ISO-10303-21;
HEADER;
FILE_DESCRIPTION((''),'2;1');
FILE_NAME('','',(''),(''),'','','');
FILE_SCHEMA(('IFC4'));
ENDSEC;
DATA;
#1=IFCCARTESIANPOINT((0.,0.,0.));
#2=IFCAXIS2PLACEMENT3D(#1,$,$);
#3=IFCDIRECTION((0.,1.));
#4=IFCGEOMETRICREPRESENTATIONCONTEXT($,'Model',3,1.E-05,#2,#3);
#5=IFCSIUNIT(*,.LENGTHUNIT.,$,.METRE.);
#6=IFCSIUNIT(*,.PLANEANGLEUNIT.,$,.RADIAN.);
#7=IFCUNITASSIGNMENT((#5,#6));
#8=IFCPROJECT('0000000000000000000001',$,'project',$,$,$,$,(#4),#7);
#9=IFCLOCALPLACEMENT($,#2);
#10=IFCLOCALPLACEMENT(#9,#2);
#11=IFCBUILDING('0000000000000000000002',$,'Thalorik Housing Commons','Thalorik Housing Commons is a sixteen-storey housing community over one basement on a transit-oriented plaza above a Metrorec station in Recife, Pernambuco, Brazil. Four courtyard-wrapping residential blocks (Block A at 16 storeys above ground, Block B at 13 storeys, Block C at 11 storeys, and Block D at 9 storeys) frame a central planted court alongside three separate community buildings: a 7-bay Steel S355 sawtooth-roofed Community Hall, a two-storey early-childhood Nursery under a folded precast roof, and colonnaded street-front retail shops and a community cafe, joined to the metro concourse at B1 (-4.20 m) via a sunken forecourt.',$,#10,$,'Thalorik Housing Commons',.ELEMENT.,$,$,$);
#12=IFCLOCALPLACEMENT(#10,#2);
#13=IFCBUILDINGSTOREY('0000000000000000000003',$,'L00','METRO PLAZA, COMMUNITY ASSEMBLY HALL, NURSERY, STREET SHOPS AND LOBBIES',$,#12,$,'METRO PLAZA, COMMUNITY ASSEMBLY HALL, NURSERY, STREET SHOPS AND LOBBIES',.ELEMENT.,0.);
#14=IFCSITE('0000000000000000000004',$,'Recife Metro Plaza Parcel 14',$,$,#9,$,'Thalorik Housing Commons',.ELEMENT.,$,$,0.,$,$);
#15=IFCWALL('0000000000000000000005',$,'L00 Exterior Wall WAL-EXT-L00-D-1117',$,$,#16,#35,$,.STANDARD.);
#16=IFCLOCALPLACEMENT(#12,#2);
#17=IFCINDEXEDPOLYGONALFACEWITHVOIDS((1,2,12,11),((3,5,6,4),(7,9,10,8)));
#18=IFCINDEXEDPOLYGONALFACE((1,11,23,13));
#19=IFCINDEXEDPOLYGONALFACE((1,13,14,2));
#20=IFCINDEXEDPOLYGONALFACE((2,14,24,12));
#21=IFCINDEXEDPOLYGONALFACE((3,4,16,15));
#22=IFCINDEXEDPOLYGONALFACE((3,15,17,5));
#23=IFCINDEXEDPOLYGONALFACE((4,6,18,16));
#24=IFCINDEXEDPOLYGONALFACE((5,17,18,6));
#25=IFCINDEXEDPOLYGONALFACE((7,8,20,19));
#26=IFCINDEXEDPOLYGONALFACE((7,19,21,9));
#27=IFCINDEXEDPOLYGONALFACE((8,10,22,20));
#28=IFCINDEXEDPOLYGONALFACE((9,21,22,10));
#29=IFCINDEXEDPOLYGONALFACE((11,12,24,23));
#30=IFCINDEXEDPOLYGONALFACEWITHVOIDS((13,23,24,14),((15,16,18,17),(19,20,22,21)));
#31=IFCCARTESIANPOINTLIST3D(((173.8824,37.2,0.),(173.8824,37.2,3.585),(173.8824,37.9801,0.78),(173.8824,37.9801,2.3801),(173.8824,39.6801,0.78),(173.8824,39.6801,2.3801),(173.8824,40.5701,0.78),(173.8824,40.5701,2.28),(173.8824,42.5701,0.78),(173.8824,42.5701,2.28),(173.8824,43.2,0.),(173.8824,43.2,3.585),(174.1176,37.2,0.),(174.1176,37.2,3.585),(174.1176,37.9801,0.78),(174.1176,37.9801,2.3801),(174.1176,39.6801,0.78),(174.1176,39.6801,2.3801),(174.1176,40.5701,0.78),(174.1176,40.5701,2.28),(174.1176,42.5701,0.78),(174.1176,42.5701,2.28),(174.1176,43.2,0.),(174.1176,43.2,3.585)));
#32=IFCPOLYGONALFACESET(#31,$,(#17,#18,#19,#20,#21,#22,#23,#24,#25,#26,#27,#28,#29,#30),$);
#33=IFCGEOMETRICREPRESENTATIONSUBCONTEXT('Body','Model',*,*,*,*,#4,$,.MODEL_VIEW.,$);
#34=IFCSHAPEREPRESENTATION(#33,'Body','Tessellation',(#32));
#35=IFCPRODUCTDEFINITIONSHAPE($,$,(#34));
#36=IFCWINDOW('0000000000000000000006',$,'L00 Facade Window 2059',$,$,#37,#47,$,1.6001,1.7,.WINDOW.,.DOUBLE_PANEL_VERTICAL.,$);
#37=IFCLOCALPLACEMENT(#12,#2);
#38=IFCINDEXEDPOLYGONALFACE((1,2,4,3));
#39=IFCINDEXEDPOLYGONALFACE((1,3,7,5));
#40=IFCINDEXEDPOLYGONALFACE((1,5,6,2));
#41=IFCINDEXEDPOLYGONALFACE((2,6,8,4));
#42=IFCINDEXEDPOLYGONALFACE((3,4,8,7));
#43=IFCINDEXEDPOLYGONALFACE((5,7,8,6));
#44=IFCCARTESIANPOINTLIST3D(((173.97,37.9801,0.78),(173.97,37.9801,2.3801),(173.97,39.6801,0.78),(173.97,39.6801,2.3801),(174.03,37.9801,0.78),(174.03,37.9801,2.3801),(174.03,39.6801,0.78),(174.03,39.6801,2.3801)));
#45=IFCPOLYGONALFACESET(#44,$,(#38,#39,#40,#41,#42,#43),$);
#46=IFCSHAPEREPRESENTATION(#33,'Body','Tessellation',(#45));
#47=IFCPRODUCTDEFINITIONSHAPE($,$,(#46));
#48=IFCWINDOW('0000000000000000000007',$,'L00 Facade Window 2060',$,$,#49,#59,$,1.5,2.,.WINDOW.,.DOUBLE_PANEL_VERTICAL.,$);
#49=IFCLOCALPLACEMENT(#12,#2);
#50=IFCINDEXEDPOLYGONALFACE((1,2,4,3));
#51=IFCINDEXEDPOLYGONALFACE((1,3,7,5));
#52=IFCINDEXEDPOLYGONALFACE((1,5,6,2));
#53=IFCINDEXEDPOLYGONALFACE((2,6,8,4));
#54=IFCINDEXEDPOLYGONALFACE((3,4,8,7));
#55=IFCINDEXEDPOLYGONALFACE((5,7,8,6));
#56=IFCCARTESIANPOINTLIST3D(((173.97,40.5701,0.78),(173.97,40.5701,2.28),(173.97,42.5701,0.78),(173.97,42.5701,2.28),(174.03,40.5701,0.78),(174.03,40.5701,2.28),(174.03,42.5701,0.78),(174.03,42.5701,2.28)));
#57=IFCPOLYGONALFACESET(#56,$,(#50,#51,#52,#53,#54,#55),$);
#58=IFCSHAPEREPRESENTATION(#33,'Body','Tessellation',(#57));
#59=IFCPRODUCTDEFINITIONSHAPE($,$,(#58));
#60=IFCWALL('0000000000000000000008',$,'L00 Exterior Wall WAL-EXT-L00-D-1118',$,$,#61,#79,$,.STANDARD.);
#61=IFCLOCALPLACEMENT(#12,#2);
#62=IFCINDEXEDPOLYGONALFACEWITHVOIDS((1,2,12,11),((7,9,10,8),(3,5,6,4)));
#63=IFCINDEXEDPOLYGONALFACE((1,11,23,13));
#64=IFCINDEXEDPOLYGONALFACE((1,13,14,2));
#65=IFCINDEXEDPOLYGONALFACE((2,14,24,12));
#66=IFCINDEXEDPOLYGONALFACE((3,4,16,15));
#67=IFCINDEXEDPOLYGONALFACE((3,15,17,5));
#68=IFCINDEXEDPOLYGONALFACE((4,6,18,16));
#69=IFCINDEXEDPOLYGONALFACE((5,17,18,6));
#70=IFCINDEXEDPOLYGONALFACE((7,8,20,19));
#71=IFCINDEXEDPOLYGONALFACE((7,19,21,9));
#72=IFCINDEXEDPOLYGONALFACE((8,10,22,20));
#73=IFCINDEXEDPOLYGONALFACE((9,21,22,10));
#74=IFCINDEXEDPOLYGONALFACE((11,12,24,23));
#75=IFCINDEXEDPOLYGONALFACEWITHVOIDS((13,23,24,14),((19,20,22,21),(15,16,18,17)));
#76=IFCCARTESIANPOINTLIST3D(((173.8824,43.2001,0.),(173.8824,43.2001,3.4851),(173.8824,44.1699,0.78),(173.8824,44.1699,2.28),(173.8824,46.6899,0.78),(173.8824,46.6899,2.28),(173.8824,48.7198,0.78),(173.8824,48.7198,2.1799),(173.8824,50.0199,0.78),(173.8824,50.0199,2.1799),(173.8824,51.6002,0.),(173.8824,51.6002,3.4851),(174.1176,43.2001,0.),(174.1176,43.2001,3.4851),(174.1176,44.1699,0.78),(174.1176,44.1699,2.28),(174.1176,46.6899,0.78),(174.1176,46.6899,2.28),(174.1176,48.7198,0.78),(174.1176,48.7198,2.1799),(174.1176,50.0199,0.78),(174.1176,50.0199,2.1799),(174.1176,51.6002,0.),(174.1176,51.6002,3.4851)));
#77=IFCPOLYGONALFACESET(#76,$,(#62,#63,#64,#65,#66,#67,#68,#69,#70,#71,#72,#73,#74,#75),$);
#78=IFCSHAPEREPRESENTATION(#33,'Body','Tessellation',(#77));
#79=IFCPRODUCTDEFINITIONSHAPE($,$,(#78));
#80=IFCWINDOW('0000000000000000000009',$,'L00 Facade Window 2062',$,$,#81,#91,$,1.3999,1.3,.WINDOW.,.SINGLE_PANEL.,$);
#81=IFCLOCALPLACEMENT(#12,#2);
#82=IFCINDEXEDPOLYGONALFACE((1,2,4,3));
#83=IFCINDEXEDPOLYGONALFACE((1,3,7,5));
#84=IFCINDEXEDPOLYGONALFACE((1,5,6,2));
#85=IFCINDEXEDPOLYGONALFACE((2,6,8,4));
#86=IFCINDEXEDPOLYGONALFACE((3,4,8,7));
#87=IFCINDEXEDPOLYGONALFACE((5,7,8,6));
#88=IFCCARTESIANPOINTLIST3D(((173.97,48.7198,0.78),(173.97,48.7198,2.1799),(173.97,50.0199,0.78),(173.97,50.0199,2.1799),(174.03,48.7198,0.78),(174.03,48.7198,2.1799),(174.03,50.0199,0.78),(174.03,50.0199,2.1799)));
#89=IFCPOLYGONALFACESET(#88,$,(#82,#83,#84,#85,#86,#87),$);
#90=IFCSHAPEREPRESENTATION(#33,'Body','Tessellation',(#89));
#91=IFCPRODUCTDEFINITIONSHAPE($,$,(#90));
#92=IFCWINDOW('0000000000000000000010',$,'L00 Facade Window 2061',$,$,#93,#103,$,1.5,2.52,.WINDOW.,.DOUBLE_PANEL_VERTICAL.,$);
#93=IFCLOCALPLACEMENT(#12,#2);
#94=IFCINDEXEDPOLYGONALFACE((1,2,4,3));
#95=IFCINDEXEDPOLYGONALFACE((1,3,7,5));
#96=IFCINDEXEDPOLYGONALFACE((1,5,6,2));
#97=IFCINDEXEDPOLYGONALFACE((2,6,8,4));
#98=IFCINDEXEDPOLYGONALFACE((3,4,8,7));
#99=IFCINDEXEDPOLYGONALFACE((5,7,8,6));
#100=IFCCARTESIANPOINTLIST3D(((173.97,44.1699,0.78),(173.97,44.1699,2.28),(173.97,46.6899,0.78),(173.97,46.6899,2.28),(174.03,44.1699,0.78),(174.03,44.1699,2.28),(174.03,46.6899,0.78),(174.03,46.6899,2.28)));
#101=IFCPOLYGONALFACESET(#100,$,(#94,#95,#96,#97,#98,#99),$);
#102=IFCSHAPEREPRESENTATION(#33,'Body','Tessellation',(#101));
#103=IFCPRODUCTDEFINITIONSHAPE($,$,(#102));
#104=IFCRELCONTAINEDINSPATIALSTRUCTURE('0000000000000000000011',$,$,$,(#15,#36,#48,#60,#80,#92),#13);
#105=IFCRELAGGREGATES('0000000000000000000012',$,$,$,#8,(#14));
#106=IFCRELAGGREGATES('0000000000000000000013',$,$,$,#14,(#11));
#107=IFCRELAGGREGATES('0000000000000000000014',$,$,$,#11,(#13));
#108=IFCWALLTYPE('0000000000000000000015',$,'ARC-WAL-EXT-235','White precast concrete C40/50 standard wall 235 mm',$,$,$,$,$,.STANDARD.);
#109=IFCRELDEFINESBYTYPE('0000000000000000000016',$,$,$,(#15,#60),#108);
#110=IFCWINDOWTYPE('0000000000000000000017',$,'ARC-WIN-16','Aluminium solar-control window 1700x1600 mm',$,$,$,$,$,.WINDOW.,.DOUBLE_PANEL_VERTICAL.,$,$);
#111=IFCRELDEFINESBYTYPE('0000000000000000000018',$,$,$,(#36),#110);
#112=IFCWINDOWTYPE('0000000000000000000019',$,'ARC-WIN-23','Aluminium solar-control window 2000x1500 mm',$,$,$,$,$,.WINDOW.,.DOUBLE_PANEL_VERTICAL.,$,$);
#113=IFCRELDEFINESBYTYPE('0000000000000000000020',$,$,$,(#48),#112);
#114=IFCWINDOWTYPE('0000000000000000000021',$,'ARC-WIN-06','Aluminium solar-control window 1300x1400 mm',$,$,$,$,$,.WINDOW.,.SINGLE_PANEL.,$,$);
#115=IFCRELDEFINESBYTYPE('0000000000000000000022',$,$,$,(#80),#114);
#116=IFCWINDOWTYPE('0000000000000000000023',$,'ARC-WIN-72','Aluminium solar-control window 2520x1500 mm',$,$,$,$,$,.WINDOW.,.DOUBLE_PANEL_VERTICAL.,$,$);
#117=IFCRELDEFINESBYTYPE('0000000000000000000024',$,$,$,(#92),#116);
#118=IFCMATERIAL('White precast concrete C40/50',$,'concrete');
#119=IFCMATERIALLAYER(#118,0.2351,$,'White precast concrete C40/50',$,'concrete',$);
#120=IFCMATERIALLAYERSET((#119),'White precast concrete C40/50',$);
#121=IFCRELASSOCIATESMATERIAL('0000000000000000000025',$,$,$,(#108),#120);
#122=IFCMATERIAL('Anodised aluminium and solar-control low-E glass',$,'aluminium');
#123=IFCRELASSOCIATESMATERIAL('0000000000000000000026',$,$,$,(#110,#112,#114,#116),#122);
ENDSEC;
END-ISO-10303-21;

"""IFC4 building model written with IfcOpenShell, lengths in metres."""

from ifc_helpers import new_model, si_unit, direction, frame, frame_2d, origin, place, context, subcontext, project, spatial, rectangle, extrude, material, layer, layer_set, type_object, element, fill, save


model = new_model("IFC4")

# Units and contexts
model_context = context("Model", 3, precision=1e-05, world=origin(), true_north=direction((0.0, 1.0)))
body_context = subcontext(model_context, "Body", "Model", "MODEL_VIEW")
ifc_project = project(units=[si_unit("LENGTHUNIT", "METRE"), si_unit("PLANEANGLEUNIT", "RADIAN")], contexts=[model_context])

# Site, building, storey
site_placement = place(None, origin())
site = spatial("IfcSite", under=ifc_project, at=site_placement, Name="Recife Metro Plaza Parcel 14", LongName="Thalorik Housing Commons", CompositionType="ELEMENT", RefElevation=0.0)
building_placement = place(site_placement, origin())
building = spatial("IfcBuilding", under=site, at=building_placement, Name="Thalorik Housing Commons", Description="Thalorik Housing Commons is a sixteen-storey housing community over one basement on a transit-oriented plaza above a Metrorec station in Recife, Pernambuco, Brazil. Four courtyard-wrapping residential blocks (Block A at 16 storeys above ground, Block B at 13 storeys, Block C at 11 storeys, and Block D at 9 storeys) frame a central planted court alongside three separate community buildings: a 7-bay Steel S355 sawtooth-roofed Community Hall, a two-storey early-childhood Nursery under a folded precast roof, and colonnaded street-front retail shops and a community cafe, joined to the metro concourse at B1 (-4.20 m) via a sunken forecourt.", LongName="Thalorik Housing Commons", CompositionType="ELEMENT")
storey_placement = place(building_placement, origin())
storey = spatial("IfcBuildingStorey", under=building, at=storey_placement, Name="L00", Description="METRO PLAZA, COMMUNITY ASSEMBLY HALL, NURSERY, STREET SHOPS AND LOBBIES", LongName="METRO PLAZA, COMMUNITY ASSEMBLY HALL, NURSERY, STREET SHOPS AND LOBBIES", CompositionType="ELEMENT", Elevation=0.0)

# Walls, openings, windows
ifc_material_1 = material(Name="White precast concrete C40/50", Category="concrete")
ifc_layer_1 = layer(ifc_material_1, 0.2351, Name="White precast concrete C40/50", Category="concrete")
ifc_layer_set_1 = layer_set([ifc_layer_1], Name="White precast concrete C40/50")
wall_type_1 = type_object("IfcWallType", Name="ARC-WAL-EXT-235", Description="White precast concrete C40/50 standard wall 235 mm", PredefinedType="STANDARD", material=ifc_layer_set_1)
wall_1_placement = place(storey_placement, frame((174.0, 37.2, 0.0), z_axis=(0.0, 0.0, 1.0), x_axis=(0.0, 1.0, 0.0)))
wall_1 = element("IfcWall", 1, at=wall_1_placement, inside=storey, type_object=wall_type_1, Name="L00 Exterior Wall WAL-EXT-L00-D-1117", PredefinedType="STANDARD", context=body_context, shape_type="SweptSolid", body=[
    extrude(rectangle(XDim=6.0, YDim=0.2351, at=frame_2d((3.0, 0.0))), origin(), (0.0, 0.0, 1.0), 3.585),
])
opening_1_placement = place(wall_1_placement, frame((0.78, 0.0, 0.78)))
opening_1 = element("IfcOpeningElement", 2, at=opening_1_placement, cuts=wall_1, PredefinedType="OPENING", context=body_context, shape_type="SweptSolid", body=[
    extrude(rectangle(XDim=1.7, YDim=1.6001, at=frame_2d((0.8501, 0.8))), frame((0.0, 0.1274, 0.0), z_axis=(0.0, -1.0, 0.0), x_axis=(1.0, 0.0, 0.0)), (0.0, 0.0, 1.0), 0.2551),
])
opening_2_placement = place(wall_1_placement, frame((3.3701, 0.0, 0.78)))
opening_2 = element("IfcOpeningElement", 3, at=opening_2_placement, cuts=wall_1, PredefinedType="OPENING", context=body_context, shape_type="SweptSolid", body=[
    extrude(rectangle(XDim=2.0, YDim=1.5, at=frame_2d((1.0, 0.75))), frame((0.0, 0.1274, 0.0), z_axis=(0.0, -1.0, 0.0), x_axis=(1.0, 0.0, 0.0)), (0.0, 0.0, 1.0), 0.2551),
])
ifc_material_2 = material(Name="Anodised aluminium and solar-control low-E glass", Category="aluminium")
window_type_1 = type_object("IfcWindowType", Name="ARC-WIN-16", Description="Aluminium solar-control window 1700x1600 mm", PartitioningType="DOUBLE_PANEL_VERTICAL", PredefinedType="WINDOW", material=ifc_material_2)
window_1_placement = place(opening_1_placement, origin())
window_1 = element("IfcWindow", 4, at=window_1_placement, inside=storey, type_object=window_type_1, Name="L00 Facade Window 2059", OverallHeight=1.6001, OverallWidth=1.7, PartitioningType="DOUBLE_PANEL_VERTICAL", PredefinedType="WINDOW", context=body_context, shape_type="SweptSolid", body=[
    extrude(rectangle(XDim=1.7, YDim=1.6001, at=frame_2d((0.8501, 0.8))), frame((0.0, 0.03, 0.0), z_axis=(0.0, -1.0, 0.0), x_axis=(1.0, 0.0, 0.0)), (0.0, 0.0, 1.0), 0.0601),
])
fill(opening_1, window_1)
window_type_2 = type_object("IfcWindowType", Name="ARC-WIN-23", Description="Aluminium solar-control window 2000x1500 mm", PartitioningType="DOUBLE_PANEL_VERTICAL", PredefinedType="WINDOW", material=ifc_material_2)
window_2_placement = place(opening_2_placement, origin())
window_2 = element("IfcWindow", 5, at=window_2_placement, inside=storey, type_object=window_type_2, Name="L00 Facade Window 2060", OverallHeight=1.5, OverallWidth=2.0, PartitioningType="DOUBLE_PANEL_VERTICAL", PredefinedType="WINDOW", context=body_context, shape_type="SweptSolid", body=[
    extrude(rectangle(XDim=2.0, YDim=1.5, at=frame_2d((1.0, 0.75))), frame((0.0, 0.03, 0.0), z_axis=(0.0, -1.0, 0.0), x_axis=(1.0, 0.0, 0.0)), (0.0, 0.0, 1.0), 0.0601),
])
fill(opening_2, window_2)
wall_2_placement = place(storey_placement, frame((174.0, 43.2, 0.0), z_axis=(0.0, 0.0, 1.0), x_axis=(0.0, 1.0, 0.0)))
wall_2 = element("IfcWall", 6, at=wall_2_placement, inside=storey, type_object=wall_type_1, Name="L00 Exterior Wall WAL-EXT-L00-D-1118", PredefinedType="STANDARD", context=body_context, shape_type="SweptSolid", body=[
    extrude(rectangle(XDim=8.4001, YDim=0.2351, at=frame_2d((4.2002, 0.0))), origin(), (0.0, 0.0, 1.0), 3.4851),
])
opening_3_placement = place(wall_2_placement, frame((0.97, 0.0, 0.78)))
opening_3 = element("IfcOpeningElement", 7, at=opening_3_placement, cuts=wall_2, PredefinedType="OPENING", context=body_context, shape_type="SweptSolid", body=[
    extrude(rectangle(XDim=2.52, YDim=1.5, at=frame_2d((1.26, 0.75))), frame((0.0, 0.1274, 0.0), z_axis=(0.0, -1.0, 0.0), x_axis=(1.0, 0.0, 0.0)), (0.0, 0.0, 1.0), 0.2551),
])
opening_4_placement = place(wall_2_placement, frame((5.52, 0.0, 0.78)))
opening_4 = element("IfcOpeningElement", 8, at=opening_4_placement, cuts=wall_2, PredefinedType="OPENING", context=body_context, shape_type="SweptSolid", body=[
    extrude(rectangle(XDim=1.3, YDim=1.3999, at=frame_2d((0.6499, 0.7))), frame((0.0, 0.1274, 0.0), z_axis=(0.0, -1.0, 0.0), x_axis=(1.0, 0.0, 0.0)), (0.0, 0.0, 1.0), 0.2551),
])
window_type_3 = type_object("IfcWindowType", Name="ARC-WIN-06", Description="Aluminium solar-control window 1300x1400 mm", PartitioningType="SINGLE_PANEL", PredefinedType="WINDOW", material=ifc_material_2)
window_3_placement = place(opening_4_placement, origin())
window_3 = element("IfcWindow", 9, at=window_3_placement, inside=storey, type_object=window_type_3, Name="L00 Facade Window 2062", OverallHeight=1.3999, OverallWidth=1.3, PartitioningType="SINGLE_PANEL", PredefinedType="WINDOW", context=body_context, shape_type="SweptSolid", body=[
    extrude(rectangle(XDim=1.3, YDim=1.3999, at=frame_2d((0.6499, 0.7))), frame((0.0, 0.03, 0.0), z_axis=(0.0, -1.0, 0.0), x_axis=(1.0, 0.0, 0.0)), (0.0, 0.0, 1.0), 0.0601),
])
fill(opening_4, window_3)
window_type_4 = type_object("IfcWindowType", Name="ARC-WIN-72", Description="Aluminium solar-control window 2520x1500 mm", PartitioningType="DOUBLE_PANEL_VERTICAL", PredefinedType="WINDOW", material=ifc_material_2)
window_4_placement = place(opening_3_placement, origin())
window_4 = element("IfcWindow", 10, at=window_4_placement, inside=storey, type_object=window_type_4, Name="L00 Facade Window 2061", OverallHeight=1.5, OverallWidth=2.52, PartitioningType="DOUBLE_PANEL_VERTICAL", PredefinedType="WINDOW", context=body_context, shape_type="SweptSolid", body=[
    extrude(rectangle(XDim=2.52, YDim=1.5, at=frame_2d((1.26, 0.75))), frame((0.0, 0.03, 0.0), z_axis=(0.0, -1.0, 0.0), x_axis=(1.0, 0.0, 0.0)), (0.0, 0.0, 1.0), 0.0601),
])
fill(opening_3, window_4)

save(model, "model.ifc")
